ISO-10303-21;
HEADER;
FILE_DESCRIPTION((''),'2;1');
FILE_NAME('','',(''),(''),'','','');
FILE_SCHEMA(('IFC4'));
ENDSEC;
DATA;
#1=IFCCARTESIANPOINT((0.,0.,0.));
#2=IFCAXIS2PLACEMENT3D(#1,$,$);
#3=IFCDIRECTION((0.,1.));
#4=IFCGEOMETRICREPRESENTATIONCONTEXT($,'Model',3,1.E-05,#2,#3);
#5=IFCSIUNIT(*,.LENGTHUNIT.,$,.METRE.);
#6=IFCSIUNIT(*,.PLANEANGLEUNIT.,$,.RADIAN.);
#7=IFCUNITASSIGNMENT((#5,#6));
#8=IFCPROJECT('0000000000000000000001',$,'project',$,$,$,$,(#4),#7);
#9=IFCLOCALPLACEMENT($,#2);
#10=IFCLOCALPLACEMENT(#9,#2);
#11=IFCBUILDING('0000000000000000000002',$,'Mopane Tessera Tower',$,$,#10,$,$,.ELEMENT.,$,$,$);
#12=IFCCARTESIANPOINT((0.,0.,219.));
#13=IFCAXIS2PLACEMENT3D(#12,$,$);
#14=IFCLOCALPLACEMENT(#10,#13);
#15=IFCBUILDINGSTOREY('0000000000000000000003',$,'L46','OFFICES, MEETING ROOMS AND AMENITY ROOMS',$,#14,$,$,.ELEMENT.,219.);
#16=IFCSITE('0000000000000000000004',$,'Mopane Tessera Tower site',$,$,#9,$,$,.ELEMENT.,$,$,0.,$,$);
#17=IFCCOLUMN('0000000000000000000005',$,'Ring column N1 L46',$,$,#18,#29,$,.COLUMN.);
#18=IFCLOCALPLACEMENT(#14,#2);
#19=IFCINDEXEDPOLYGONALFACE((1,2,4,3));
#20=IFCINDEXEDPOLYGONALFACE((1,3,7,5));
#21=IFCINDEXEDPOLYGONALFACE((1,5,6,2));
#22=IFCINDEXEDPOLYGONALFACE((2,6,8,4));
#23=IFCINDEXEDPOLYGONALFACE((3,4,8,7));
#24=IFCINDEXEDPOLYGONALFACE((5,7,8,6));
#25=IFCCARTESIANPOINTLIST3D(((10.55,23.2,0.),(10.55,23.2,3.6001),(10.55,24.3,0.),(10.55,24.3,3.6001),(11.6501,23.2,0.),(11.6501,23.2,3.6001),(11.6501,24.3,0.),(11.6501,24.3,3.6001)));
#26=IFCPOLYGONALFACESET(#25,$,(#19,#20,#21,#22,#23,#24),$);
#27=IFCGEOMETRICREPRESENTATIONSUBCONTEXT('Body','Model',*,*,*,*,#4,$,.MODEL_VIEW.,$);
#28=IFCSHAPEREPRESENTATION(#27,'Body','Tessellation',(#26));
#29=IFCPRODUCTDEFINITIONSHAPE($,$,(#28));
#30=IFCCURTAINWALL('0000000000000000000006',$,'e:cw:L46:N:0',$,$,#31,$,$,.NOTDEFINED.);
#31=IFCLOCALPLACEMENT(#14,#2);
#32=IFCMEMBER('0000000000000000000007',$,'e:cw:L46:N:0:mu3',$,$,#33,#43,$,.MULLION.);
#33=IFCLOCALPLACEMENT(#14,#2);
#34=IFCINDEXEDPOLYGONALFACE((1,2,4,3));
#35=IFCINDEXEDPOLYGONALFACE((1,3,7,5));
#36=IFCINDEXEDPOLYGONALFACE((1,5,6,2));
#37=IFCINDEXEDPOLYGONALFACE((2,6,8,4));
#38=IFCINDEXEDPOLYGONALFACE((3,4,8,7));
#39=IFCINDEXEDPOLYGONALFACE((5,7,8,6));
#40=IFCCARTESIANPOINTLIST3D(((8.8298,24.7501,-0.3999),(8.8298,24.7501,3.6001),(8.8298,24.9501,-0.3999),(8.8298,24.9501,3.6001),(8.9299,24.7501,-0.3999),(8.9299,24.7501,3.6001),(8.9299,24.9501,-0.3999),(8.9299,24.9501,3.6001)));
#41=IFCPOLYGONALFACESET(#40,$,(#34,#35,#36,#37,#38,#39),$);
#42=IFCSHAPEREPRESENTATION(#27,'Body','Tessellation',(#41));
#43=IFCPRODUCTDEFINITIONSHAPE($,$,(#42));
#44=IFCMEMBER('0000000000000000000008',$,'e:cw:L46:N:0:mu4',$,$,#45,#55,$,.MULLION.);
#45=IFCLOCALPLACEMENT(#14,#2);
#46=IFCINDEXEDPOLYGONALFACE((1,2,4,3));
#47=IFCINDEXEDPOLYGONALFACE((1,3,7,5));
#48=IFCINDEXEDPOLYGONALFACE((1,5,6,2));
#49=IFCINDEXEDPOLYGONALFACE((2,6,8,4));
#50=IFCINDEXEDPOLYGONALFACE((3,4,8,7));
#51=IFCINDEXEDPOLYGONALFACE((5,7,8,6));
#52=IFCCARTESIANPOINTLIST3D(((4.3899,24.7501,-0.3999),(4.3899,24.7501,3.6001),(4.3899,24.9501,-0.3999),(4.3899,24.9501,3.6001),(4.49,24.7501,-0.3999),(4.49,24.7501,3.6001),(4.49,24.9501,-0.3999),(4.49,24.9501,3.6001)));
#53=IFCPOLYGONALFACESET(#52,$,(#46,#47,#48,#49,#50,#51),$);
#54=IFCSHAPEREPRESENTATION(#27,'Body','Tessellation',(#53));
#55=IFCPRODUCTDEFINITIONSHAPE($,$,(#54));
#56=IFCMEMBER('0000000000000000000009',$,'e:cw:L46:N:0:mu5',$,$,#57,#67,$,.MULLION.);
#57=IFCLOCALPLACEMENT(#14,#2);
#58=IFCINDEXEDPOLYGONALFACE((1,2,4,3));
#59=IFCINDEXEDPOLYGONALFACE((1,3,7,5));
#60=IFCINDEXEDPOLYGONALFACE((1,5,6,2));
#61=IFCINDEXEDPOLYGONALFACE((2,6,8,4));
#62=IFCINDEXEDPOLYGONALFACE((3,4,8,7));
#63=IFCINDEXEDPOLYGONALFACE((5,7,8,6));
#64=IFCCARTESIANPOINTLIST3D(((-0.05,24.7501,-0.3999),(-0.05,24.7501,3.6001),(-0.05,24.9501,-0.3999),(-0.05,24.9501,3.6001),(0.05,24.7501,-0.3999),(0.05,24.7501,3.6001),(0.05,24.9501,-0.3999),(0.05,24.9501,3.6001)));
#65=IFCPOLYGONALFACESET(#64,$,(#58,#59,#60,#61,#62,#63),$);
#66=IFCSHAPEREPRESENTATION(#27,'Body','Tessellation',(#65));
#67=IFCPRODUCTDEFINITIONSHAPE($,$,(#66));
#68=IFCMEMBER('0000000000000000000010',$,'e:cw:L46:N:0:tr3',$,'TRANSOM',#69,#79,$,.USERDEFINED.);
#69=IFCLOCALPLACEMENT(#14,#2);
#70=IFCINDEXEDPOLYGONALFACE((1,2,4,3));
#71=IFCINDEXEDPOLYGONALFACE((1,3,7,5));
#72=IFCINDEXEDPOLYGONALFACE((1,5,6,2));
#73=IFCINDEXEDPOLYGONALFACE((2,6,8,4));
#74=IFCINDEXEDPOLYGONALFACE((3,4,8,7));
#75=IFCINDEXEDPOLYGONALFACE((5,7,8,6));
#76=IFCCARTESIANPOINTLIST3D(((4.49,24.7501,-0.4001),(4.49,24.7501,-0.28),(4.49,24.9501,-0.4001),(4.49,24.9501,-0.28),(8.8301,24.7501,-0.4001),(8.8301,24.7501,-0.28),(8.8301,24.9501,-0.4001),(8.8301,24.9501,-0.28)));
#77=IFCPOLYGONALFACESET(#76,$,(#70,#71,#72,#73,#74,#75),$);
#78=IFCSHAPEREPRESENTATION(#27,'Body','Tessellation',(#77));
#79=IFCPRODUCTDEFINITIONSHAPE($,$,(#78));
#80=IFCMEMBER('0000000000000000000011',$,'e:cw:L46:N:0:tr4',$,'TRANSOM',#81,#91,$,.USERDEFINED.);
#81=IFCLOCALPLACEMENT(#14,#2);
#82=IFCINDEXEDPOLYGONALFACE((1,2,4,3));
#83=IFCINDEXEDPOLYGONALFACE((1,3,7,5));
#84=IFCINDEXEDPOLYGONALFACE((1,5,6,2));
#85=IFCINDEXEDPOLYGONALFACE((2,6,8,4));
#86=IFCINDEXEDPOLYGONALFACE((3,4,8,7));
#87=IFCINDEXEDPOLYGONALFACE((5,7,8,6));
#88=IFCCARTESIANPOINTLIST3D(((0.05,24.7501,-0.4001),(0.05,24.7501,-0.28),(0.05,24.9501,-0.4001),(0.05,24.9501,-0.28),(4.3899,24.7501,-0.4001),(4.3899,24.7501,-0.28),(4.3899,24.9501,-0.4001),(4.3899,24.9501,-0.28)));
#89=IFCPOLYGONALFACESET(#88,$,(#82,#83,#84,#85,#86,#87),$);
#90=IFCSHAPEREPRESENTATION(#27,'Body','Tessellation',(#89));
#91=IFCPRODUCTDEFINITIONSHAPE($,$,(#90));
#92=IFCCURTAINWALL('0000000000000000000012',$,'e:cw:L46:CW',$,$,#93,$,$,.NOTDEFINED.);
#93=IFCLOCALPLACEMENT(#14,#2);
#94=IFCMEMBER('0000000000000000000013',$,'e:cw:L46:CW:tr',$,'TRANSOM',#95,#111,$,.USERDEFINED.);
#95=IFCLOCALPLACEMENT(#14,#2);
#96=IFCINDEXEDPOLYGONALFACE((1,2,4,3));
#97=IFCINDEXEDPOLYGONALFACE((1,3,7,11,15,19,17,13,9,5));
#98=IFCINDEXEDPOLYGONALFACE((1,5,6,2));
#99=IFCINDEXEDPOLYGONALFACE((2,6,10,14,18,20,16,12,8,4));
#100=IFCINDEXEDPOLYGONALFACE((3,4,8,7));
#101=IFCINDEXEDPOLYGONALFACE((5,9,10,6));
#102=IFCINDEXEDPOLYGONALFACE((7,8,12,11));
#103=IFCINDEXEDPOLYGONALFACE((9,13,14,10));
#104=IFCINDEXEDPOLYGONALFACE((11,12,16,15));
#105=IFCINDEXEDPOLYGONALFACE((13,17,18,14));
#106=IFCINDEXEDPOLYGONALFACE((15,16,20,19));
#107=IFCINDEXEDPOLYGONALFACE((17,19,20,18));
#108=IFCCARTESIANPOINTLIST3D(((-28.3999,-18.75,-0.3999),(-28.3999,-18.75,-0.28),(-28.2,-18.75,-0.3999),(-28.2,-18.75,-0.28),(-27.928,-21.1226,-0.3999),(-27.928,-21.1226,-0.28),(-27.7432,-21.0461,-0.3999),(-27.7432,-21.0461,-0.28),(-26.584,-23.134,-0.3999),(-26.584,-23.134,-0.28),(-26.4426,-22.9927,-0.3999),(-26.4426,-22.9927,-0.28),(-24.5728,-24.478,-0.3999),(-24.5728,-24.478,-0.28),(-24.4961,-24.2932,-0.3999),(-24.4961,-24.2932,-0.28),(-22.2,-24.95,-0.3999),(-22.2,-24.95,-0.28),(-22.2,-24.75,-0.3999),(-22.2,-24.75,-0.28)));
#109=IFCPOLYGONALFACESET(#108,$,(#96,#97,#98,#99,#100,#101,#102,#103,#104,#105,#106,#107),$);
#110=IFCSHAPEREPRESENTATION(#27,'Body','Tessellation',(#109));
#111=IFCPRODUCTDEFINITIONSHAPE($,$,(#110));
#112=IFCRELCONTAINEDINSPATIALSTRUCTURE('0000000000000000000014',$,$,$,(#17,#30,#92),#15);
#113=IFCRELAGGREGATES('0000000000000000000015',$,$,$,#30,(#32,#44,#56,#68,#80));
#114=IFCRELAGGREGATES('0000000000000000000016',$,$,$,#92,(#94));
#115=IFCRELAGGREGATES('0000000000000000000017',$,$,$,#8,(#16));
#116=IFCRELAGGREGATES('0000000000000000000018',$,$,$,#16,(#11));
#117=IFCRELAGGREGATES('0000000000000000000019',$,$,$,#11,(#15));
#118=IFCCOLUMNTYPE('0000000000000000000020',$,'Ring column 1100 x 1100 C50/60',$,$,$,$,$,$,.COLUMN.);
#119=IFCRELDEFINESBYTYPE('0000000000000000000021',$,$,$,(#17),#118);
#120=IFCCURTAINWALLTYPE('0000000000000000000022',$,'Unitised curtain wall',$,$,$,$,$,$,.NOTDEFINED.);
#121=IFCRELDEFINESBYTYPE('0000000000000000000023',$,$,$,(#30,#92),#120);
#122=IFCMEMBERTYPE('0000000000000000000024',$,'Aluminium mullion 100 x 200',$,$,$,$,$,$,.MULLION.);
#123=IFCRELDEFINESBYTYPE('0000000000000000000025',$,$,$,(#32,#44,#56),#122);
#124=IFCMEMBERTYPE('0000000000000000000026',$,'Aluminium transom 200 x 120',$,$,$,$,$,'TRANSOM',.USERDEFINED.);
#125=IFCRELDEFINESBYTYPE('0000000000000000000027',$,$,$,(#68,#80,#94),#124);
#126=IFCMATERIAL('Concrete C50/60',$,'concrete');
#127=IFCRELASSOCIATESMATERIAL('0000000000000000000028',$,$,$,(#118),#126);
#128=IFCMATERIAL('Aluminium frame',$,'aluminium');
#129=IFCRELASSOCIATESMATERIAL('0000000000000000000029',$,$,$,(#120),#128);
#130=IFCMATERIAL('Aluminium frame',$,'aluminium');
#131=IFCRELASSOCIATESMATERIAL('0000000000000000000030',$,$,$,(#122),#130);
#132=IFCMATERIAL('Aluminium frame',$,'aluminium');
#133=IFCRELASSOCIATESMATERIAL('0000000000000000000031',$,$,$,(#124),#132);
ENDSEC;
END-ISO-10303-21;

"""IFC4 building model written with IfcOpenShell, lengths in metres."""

from ifc_helpers import new_model, si_unit, direction, frame, origin, origin_2d, place, context, subcontext, project, spatial, polyline, rectangle, outline, extrude, material, material_profile, profile_set, type_object, element, aggregate, save


model = new_model("IFC4")

# Units and contexts
model_context = context("Model", 3, precision=1e-05, world=origin(), true_north=direction((0.0, 1.0)))
body_context = subcontext(model_context, "Body", "Model", "MODEL_VIEW")
ifc_project = project(units=[si_unit("LENGTHUNIT", "METRE"), si_unit("PLANEANGLEUNIT", "RADIAN")], contexts=[model_context])

# Site, building, storey
site_placement = place(None, origin())
site = spatial("IfcSite", under=ifc_project, at=site_placement, Name="Mopane Tessera Tower site", CompositionType="ELEMENT", RefElevation=0.0)
building_placement = place(site_placement, origin())
building = spatial("IfcBuilding", under=site, at=building_placement, Name="Mopane Tessera Tower", CompositionType="ELEMENT")
storey_placement = place(building_placement, frame((0.0, 0.0, 219.0)))
storey = spatial("IfcBuildingStorey", under=building, at=storey_placement, Name="L46", Description="OFFICES, MEETING ROOMS AND AMENITY ROOMS", CompositionType="ELEMENT", Elevation=219.0)

# Column
ifc_material_1 = material(Name="Concrete C50/60", Category="concrete")
ifc_material_profile_1 = material_profile(ifc_material_1, rectangle(XDim=1.1001, YDim=1.1001, at=origin_2d()))
ifc_profile_set_1 = profile_set([ifc_material_profile_1], Name="Concrete C50/60")
column_type = type_object("IfcColumnType", Name="Ring column 1100 x 1100 C50/60", PredefinedType="COLUMN", material=ifc_profile_set_1)
column_placement = place(storey_placement, frame((11.1001, 23.75, 0.0), z_axis=(0.0, 0.0, 1.0), x_axis=(1.0, 0.0, 0.0)))
element("IfcColumn", 1, at=column_placement, inside=storey, type_object=column_type, Name="Ring column N1 L46", PredefinedType="COLUMN", context=body_context, shape_type="SweptSolid", body=[
    extrude(rectangle(XDim=1.1001, YDim=1.1001, at=origin_2d()), origin(), (0.0, 0.0, 1.0), 3.6001),
])

# Curtain wall, members
ifc_material_2 = material(Name="Aluminium frame", Category="aluminium")
curtain_wall_type = type_object("IfcCurtainWallType", Name="Unitised curtain wall", PredefinedType="NOTDEFINED", material=ifc_material_2)
curtain_wall_1_placement = place(storey_placement, origin())
curtain_wall_1 = element("IfcCurtainWall", 2, at=curtain_wall_1_placement, inside=storey, type_object=curtain_wall_type, Name="e:cw:L46:N:0", PredefinedType="NOTDEFINED")
ifc_material_3 = material(Name="Aluminium frame", Category="aluminium")
ifc_material_profile_2 = material_profile(ifc_material_3, rectangle(XDim=0.1001, YDim=0.2, at=origin_2d()))
ifc_profile_set_2 = profile_set([ifc_material_profile_2], Name="Aluminium frame")
member_type_1 = type_object("IfcMemberType", Name="Aluminium mullion 100 x 200", PredefinedType="MULLION", material=ifc_profile_set_2)
member_1_placement = place(storey_placement, frame((8.8799, 24.8501, -0.3999), z_axis=(0.0, 0.0, 1.0), x_axis=(-1.0, 0.0, 0.0)))
member_1 = element("IfcMember", 3, at=member_1_placement, type_object=member_type_1, Name="e:cw:L46:N:0:mu3", PredefinedType="MULLION", context=body_context, shape_type="SweptSolid", body=[
    extrude(rectangle(XDim=0.1001, YDim=0.2, at=origin_2d()), origin(), (0.0, 0.0, 1.0), 4.0),
])
member_2_placement = place(storey_placement, frame((4.4399, 24.8501, -0.3999), z_axis=(0.0, 0.0, 1.0), x_axis=(-1.0, 0.0, 0.0)))
member_2 = element("IfcMember", 4, at=member_2_placement, type_object=member_type_1, Name="e:cw:L46:N:0:mu4", PredefinedType="MULLION", context=body_context, shape_type="SweptSolid", body=[
    extrude(rectangle(XDim=0.1001, YDim=0.2, at=origin_2d()), origin(), (0.0, 0.0, 1.0), 4.0),
])
member_3_placement = place(storey_placement, frame((0.0, 24.8501, -0.3999), z_axis=(0.0, 0.0, 1.0), x_axis=(-1.0, 0.0, 0.0)))
member_3 = element("IfcMember", 5, at=member_3_placement, type_object=member_type_1, Name="e:cw:L46:N:0:mu5", PredefinedType="MULLION", context=body_context, shape_type="SweptSolid", body=[
    extrude(rectangle(XDim=0.1001, YDim=0.2, at=origin_2d()), origin(), (0.0, 0.0, 1.0), 4.0),
])
ifc_material_4 = material(Name="Aluminium frame", Category="aluminium")
ifc_material_profile_3 = material_profile(ifc_material_4, rectangle(XDim=0.2, YDim=0.1201, at=origin_2d()))
ifc_profile_set_3 = profile_set([ifc_material_profile_3], Name="Aluminium frame")
member_type_2 = type_object("IfcMemberType", Name="Aluminium transom 200 x 120", ElementType="TRANSOM", PredefinedType="USERDEFINED", material=ifc_profile_set_3)
member_4_placement = place(storey_placement, frame((8.8301, 24.8501, -0.3401), z_axis=(-1.0, 0.0, 0.0), x_axis=(0.0, -1.0, 0.0)))
member_4 = element("IfcMember", 6, at=member_4_placement, type_object=member_type_2, Name="e:cw:L46:N:0:tr3", ObjectType="TRANSOM", PredefinedType="USERDEFINED", context=body_context, shape_type="SweptSolid", body=[
    extrude(rectangle(XDim=0.2, YDim=0.1201, at=origin_2d()), origin(), (0.0, 0.0, 1.0), 4.3401),
])
member_5_placement = place(storey_placement, frame((4.3899, 24.8501, -0.3401), z_axis=(-1.0, 0.0, 0.0), x_axis=(0.0, -1.0, 0.0)))
member_5 = element("IfcMember", 7, at=member_5_placement, type_object=member_type_2, Name="e:cw:L46:N:0:tr4", ObjectType="TRANSOM", PredefinedType="USERDEFINED", context=body_context, shape_type="SweptSolid", body=[
    extrude(rectangle(XDim=0.2, YDim=0.1201, at=origin_2d()), origin(), (0.0, 0.0, 1.0), 4.3398),
])

# Curtain wall, member
curtain_wall_2_placement = place(storey_placement, origin())
curtain_wall_2 = element("IfcCurtainWall", 8, at=curtain_wall_2_placement, inside=storey, type_object=curtain_wall_type, Name="e:cw:L46:CW", PredefinedType="NOTDEFINED")
member_6_placement = place(storey_placement, frame((0.0, 0.0, -0.3999)))
member_6 = element("IfcMember", 9, at=member_6_placement, type_object=member_type_2, Name="e:cw:L46:CW:tr", ObjectType="TRANSOM", PredefinedType="USERDEFINED", context=body_context, shape_type="SweptSolid", body=[
    extrude(outline(polyline([(-28.2, -18.75), (-27.7432, -21.0461), (-26.4426, -22.9927), (-24.4961, -24.2932), (-22.2, -24.75), (-22.2, -24.95), (-24.5728, -24.478), (-26.584, -23.134), (-27.928, -21.1226), (-28.3999, -18.75), (-28.2, -18.75)])), origin(), (0.0, 0.0, 1.0), 0.1199),
])

aggregate(curtain_wall_1, [member_1, member_2, member_3, member_4, member_5])

aggregate(curtain_wall_2, [member_6])

save(model, "model.ifc")
